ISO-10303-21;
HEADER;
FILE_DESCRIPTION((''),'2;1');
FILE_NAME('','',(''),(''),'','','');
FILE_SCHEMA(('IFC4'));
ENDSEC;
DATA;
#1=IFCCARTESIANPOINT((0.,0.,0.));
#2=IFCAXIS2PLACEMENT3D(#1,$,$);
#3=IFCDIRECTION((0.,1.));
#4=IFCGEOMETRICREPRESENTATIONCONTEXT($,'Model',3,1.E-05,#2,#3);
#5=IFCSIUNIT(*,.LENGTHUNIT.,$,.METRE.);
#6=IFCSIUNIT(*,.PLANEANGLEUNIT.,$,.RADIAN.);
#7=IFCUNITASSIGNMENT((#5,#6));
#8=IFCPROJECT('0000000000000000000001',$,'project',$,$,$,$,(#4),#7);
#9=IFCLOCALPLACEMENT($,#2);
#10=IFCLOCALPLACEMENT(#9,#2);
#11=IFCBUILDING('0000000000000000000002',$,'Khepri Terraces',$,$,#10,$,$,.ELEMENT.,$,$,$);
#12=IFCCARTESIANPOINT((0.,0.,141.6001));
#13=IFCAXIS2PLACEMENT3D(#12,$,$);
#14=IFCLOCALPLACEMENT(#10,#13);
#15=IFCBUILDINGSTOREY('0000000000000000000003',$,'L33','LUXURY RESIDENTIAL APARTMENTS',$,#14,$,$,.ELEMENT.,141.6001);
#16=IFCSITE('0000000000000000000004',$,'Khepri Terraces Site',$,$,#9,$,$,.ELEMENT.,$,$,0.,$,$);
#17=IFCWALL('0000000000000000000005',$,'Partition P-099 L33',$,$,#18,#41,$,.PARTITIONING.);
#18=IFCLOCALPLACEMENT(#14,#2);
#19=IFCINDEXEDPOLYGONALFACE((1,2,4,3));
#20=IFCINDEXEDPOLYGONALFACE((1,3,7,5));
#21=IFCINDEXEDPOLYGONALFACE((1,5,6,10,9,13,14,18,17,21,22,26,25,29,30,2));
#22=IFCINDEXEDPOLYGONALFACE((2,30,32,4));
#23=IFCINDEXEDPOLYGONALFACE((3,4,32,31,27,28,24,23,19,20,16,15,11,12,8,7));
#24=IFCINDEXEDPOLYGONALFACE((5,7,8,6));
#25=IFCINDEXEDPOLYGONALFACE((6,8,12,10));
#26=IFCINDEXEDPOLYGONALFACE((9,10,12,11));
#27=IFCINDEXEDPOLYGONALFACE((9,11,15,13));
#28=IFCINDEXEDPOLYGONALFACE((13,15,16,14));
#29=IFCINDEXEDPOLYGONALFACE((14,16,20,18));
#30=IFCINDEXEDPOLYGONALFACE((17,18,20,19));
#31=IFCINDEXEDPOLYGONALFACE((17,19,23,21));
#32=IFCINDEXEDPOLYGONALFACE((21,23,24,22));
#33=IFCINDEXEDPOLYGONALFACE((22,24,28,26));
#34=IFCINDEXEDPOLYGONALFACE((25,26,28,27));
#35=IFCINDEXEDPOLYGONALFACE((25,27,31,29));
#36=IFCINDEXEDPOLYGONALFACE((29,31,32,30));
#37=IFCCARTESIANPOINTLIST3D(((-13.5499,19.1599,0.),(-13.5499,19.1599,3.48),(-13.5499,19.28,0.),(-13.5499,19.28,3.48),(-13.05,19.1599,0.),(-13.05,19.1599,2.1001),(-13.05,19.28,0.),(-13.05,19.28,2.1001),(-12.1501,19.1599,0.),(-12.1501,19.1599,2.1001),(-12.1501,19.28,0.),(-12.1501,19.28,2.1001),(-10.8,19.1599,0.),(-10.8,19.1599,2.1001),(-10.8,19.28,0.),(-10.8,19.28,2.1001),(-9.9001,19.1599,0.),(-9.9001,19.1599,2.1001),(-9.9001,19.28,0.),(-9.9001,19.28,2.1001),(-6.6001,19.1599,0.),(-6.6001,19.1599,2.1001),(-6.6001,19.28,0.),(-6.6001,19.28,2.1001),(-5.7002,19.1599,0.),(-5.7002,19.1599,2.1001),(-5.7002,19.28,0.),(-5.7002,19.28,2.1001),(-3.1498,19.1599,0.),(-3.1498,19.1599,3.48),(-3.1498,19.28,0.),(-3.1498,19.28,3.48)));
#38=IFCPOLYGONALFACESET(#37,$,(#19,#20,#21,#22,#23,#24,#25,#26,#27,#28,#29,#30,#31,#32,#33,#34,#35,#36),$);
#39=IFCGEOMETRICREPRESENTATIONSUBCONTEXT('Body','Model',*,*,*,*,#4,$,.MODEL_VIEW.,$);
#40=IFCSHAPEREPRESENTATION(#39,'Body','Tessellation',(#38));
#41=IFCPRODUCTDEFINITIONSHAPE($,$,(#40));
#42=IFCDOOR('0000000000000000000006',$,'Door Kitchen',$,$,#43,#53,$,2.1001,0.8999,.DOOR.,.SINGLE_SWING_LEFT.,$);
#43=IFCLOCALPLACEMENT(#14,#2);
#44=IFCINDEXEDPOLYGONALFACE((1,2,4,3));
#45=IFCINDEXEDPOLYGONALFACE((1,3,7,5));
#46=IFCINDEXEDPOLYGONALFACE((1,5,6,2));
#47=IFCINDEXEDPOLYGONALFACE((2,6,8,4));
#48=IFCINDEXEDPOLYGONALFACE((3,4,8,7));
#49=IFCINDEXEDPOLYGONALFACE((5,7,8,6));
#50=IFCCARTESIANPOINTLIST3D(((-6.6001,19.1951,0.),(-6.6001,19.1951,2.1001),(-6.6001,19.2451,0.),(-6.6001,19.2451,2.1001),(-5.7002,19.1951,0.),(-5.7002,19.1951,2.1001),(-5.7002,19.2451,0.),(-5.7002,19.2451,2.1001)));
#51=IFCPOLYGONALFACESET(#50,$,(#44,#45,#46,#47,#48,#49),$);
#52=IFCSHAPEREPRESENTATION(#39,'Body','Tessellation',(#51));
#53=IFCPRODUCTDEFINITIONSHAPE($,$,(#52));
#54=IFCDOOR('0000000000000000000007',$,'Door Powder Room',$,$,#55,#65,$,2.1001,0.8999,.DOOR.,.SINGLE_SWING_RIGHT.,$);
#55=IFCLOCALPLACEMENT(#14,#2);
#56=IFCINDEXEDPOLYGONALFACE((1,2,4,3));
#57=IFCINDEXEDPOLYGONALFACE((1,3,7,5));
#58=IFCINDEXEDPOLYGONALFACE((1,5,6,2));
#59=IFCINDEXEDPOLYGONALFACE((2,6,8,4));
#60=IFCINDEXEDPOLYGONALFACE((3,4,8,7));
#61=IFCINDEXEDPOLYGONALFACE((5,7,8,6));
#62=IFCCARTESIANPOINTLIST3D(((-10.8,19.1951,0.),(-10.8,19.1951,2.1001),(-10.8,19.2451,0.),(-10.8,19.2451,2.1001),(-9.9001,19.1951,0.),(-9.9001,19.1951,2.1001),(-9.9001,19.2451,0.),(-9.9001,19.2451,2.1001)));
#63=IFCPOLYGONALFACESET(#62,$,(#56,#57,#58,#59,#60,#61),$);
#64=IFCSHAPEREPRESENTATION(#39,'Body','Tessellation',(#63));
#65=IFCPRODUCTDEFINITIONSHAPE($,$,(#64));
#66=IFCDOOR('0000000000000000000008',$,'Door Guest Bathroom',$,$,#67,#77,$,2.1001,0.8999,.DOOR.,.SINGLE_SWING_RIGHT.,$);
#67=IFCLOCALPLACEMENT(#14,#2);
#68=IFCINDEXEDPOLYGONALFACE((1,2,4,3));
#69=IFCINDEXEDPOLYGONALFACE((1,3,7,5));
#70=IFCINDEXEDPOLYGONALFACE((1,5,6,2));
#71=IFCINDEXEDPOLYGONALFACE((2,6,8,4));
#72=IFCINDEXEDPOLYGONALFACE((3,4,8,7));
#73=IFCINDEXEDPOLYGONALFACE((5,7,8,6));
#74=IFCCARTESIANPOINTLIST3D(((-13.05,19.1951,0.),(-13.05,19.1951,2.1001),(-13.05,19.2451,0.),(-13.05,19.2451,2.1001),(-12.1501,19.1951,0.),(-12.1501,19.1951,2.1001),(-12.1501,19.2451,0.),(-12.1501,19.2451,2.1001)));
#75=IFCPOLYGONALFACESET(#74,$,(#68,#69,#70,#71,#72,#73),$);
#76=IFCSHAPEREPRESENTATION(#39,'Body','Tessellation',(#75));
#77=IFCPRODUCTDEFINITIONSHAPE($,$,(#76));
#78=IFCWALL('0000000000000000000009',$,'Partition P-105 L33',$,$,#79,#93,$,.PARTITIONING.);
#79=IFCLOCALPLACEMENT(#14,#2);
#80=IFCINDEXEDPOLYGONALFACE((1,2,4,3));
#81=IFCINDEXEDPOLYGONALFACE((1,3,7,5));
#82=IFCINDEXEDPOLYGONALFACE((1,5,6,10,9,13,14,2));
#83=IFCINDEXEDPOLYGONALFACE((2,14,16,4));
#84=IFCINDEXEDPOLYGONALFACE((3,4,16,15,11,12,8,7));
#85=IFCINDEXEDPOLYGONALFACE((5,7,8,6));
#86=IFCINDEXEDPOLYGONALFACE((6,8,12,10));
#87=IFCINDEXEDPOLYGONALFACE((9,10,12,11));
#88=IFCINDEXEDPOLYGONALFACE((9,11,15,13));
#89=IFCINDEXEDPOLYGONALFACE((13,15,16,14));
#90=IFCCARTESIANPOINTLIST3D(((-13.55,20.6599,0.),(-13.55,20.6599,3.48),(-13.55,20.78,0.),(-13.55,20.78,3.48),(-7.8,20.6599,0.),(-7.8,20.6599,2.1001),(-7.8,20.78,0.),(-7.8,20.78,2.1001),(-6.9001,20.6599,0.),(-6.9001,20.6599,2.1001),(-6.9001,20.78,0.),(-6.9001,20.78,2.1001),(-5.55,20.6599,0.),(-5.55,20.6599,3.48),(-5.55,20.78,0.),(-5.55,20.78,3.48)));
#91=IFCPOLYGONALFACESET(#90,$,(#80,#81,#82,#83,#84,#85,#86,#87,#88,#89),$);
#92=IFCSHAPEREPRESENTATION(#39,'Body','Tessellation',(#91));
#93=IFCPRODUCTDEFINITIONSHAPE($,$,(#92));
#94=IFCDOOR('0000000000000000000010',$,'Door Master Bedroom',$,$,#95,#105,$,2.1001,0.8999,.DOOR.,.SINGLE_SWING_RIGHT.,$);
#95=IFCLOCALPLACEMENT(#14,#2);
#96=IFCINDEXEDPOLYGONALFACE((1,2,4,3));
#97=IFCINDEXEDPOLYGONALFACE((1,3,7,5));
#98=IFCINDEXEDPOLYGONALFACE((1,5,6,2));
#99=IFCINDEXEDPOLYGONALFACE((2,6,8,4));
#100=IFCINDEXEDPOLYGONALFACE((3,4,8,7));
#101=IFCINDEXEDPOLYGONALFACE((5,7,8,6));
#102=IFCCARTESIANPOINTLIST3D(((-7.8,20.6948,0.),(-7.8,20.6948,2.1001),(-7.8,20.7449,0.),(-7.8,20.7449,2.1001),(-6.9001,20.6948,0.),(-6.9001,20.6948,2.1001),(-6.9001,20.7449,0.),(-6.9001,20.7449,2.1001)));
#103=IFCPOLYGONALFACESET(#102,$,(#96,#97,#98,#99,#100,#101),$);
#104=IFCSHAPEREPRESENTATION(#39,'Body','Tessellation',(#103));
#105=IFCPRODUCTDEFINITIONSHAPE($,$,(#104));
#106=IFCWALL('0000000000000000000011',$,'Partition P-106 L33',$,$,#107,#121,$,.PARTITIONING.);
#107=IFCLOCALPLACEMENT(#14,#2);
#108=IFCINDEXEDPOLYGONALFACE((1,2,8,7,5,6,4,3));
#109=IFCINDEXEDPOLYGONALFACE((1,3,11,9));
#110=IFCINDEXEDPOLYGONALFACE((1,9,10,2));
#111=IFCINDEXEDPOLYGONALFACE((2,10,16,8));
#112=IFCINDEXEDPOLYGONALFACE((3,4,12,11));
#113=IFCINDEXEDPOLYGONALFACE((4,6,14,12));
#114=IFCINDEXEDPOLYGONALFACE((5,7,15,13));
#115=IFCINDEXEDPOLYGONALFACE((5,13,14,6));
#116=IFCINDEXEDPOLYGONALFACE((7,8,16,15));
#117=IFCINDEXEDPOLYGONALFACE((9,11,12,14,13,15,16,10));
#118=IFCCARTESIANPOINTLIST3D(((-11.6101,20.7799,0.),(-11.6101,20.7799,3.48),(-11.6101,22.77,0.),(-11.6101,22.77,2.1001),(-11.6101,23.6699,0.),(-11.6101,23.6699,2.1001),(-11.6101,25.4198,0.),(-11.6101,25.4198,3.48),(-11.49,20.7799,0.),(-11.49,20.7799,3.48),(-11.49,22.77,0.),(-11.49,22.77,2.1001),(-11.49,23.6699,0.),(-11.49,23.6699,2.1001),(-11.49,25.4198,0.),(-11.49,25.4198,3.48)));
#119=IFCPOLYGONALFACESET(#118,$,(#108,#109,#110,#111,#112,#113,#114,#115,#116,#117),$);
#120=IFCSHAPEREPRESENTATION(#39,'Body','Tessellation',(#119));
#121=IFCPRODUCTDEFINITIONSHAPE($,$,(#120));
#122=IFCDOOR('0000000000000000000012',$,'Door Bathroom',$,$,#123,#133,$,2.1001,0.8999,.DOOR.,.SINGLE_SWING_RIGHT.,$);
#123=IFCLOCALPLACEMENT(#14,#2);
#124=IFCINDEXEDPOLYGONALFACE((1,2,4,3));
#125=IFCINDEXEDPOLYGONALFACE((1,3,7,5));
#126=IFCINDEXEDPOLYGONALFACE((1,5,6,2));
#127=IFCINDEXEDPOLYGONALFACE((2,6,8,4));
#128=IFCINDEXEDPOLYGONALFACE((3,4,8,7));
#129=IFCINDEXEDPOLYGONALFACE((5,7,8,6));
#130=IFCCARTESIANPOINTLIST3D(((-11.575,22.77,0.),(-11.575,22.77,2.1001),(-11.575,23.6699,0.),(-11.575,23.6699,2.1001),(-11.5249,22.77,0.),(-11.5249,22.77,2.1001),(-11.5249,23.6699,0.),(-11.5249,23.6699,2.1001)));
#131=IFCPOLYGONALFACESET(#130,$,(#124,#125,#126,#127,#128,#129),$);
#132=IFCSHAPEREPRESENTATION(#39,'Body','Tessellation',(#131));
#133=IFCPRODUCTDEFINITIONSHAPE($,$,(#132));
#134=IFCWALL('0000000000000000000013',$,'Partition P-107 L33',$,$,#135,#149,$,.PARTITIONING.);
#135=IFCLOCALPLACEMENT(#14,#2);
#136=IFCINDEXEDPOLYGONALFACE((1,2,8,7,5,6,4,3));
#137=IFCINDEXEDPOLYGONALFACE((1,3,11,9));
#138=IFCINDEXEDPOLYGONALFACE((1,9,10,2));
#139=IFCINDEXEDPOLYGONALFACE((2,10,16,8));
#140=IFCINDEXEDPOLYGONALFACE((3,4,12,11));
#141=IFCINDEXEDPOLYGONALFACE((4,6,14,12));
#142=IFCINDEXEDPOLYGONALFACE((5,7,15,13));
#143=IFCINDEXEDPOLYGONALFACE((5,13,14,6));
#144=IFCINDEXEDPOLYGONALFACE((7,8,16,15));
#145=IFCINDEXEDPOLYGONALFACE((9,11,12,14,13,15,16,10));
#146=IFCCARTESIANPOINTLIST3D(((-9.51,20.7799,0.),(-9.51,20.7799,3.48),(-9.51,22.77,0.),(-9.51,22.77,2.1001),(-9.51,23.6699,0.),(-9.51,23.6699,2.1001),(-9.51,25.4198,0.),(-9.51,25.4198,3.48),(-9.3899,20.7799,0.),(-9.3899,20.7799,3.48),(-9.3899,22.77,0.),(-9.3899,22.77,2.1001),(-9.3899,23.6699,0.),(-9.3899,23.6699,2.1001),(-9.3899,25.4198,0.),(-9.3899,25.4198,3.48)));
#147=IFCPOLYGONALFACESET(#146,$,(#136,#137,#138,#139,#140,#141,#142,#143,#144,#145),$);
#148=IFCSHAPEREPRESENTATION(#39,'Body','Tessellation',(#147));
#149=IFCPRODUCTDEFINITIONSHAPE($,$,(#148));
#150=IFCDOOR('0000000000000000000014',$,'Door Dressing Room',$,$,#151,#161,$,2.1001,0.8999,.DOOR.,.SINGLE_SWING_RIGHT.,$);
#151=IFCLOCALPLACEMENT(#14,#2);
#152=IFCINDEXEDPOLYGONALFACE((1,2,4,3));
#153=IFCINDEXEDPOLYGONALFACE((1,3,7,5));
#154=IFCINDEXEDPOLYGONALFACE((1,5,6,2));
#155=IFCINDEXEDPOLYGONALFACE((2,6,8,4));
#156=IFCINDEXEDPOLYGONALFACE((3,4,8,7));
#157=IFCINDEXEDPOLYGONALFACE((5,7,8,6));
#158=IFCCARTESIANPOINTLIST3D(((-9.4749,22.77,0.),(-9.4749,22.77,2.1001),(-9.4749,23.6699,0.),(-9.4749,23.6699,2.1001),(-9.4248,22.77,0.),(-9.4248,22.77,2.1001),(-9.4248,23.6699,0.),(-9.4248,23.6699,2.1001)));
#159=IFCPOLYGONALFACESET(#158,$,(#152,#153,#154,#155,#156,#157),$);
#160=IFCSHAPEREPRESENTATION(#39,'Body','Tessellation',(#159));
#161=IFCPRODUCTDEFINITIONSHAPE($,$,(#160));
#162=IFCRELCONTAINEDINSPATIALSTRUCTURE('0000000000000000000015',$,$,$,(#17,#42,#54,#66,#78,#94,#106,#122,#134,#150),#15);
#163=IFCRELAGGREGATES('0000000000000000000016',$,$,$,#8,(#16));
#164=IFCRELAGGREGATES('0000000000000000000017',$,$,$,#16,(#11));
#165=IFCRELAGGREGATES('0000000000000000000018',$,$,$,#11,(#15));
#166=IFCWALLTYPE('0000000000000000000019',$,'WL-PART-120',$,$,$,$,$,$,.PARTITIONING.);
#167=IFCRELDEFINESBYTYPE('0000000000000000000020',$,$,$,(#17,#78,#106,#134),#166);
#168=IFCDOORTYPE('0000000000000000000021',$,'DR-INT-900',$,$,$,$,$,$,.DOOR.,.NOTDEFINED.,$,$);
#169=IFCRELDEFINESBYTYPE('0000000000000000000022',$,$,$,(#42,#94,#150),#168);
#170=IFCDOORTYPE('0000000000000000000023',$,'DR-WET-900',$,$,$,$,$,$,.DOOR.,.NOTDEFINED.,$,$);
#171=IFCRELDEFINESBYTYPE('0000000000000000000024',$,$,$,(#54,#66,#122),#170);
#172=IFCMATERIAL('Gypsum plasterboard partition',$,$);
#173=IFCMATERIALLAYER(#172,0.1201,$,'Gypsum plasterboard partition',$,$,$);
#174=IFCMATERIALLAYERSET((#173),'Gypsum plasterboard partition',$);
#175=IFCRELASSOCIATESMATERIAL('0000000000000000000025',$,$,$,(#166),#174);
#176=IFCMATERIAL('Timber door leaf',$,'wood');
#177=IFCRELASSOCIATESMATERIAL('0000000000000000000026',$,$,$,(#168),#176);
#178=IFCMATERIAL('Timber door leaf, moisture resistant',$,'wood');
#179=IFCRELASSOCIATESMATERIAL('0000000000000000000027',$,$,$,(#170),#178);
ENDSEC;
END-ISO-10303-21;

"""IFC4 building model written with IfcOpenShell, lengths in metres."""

from ifc_helpers import new_model, si_unit, direction, frame, frame_2d, origin, place, context, subcontext, project, spatial, rectangle, extrude, material, layer, layer_set, type_object, element, fill, save


model = new_model("IFC4")

# Units and contexts
model_context = context("Model", 3, precision=1e-05, world=origin(), true_north=direction((0.0, 1.0)))
body_context = subcontext(model_context, "Body", "Model", "MODEL_VIEW")
ifc_project = project(units=[si_unit("LENGTHUNIT", "METRE"), si_unit("PLANEANGLEUNIT", "RADIAN")], contexts=[model_context])

# Site, building, storey
site_placement = place(None, origin())
site = spatial("IfcSite", under=ifc_project, at=site_placement, Name="Khepri Terraces Site", CompositionType="ELEMENT", RefElevation=0.0)
building_placement = place(site_placement, origin())
building = spatial("IfcBuilding", under=site, at=building_placement, Name="Khepri Terraces", CompositionType="ELEMENT")
storey_placement = place(building_placement, frame((0.0, 0.0, 141.6001)))
storey = spatial("IfcBuildingStorey", under=building, at=storey_placement, Name="L33", Description="LUXURY RESIDENTIAL APARTMENTS", CompositionType="ELEMENT", Elevation=141.6001)

# Shared definitions
ifc_material_1 = material(Name="Gypsum plasterboard partition")
ifc_layer_1 = layer(ifc_material_1, 0.1201, Name="Gypsum plasterboard partition")
ifc_layer_set_1 = layer_set([ifc_layer_1], Name="Gypsum plasterboard partition")
wall_type_1 = type_object("IfcWallType", Name="WL-PART-120", PredefinedType="PARTITIONING", material=ifc_layer_set_1)

# Wall, openings, doors
wall_1_placement = place(storey_placement, frame((-13.55, 19.22, 0.0), z_axis=(0.0, 0.0, 1.0), x_axis=(1.0, 0.0, 0.0)))
wall_1 = element("IfcWall", 1, at=wall_1_placement, inside=storey, type_object=wall_type_1, Name="Partition P-099 L33", PredefinedType="PARTITIONING", context=body_context, shape_type="SweptSolid", body=[
    extrude(rectangle(XDim=10.4001, YDim=0.1201, at=frame_2d((5.2002, 0.0))), origin(), (0.0, 0.0, 1.0), 3.48),
])
opening_1_placement = place(wall_1_placement, frame((6.95, 0.0, 0.0)))
opening_1 = element("IfcOpeningElement", 2, at=opening_1_placement, cuts=wall_1, PredefinedType="OPENING", context=body_context, shape_type="SweptSolid", body=[
    extrude(rectangle(XDim=0.8999, YDim=2.1001, at=frame_2d((0.45, 1.05))), frame((0.0, 0.0701, 0.0), z_axis=(0.0, -1.0, 0.0), x_axis=(1.0, 0.0, 0.0)), (0.0, 0.0, 1.0), 0.1401),
])
opening_2_placement = place(wall_1_placement, frame((2.75, 0.0, 0.0)))
opening_2 = element("IfcOpeningElement", 3, at=opening_2_placement, cuts=wall_1, PredefinedType="OPENING", context=body_context, shape_type="SweptSolid", body=[
    extrude(rectangle(XDim=0.8999, YDim=2.1001, at=frame_2d((0.45, 1.05))), frame((0.0, 0.0701, 0.0), z_axis=(0.0, -1.0, 0.0), x_axis=(1.0, 0.0, 0.0)), (0.0, 0.0, 1.0), 0.1401),
])
opening_3_placement = place(wall_1_placement, frame((0.5, 0.0, 0.0)))
opening_3 = element("IfcOpeningElement", 4, at=opening_3_placement, cuts=wall_1, PredefinedType="OPENING", context=body_context, shape_type="SweptSolid", body=[
    extrude(rectangle(XDim=0.8999, YDim=2.1001, at=frame_2d((0.45, 1.05))), frame((0.0, 0.0701, 0.0), z_axis=(0.0, -1.0, 0.0), x_axis=(1.0, 0.0, 0.0)), (0.0, 0.0, 1.0), 0.1401),
])
ifc_material_2 = material(Name="Timber door leaf", Category="wood")
door_type_1 = type_object("IfcDoorType", Name="DR-INT-900", OperationType="NOTDEFINED", PredefinedType="DOOR", material=ifc_material_2)
door_1_placement = place(opening_1_placement, frame((0.8999, 0.0, 0.0), z_axis=(0.0, 0.0, 1.0), x_axis=(-1.0, 0.0, 0.0)))
door_1 = element("IfcDoor", 5, at=door_1_placement, inside=storey, type_object=door_type_1, Name="Door Kitchen", OperationType="SINGLE_SWING_LEFT", OverallHeight=2.1001, OverallWidth=0.8999, PredefinedType="DOOR", context=body_context, shape_type="SweptSolid", body=[
    extrude(rectangle(XDim=0.8999, YDim=2.1001, at=frame_2d((0.45, 1.05))), frame((0.0, 0.0249, 0.0), z_axis=(0.0, -1.0, 0.0), x_axis=(1.0, 0.0, 0.0)), (0.0, 0.0, 1.0), 0.05),
])
fill(opening_1, door_1)
ifc_material_3 = material(Name="Timber door leaf, moisture resistant", Category="wood")
door_type_2 = type_object("IfcDoorType", Name="DR-WET-900", OperationType="NOTDEFINED", PredefinedType="DOOR", material=ifc_material_3)
door_2_placement = place(opening_2_placement, frame((0.8999, 0.0, 0.0), z_axis=(0.0, 0.0, 1.0), x_axis=(-1.0, 0.0, 0.0)))
door_2 = element("IfcDoor", 6, at=door_2_placement, inside=storey, type_object=door_type_2, Name="Door Powder Room", OperationType="SINGLE_SWING_RIGHT", OverallHeight=2.1001, OverallWidth=0.8999, PredefinedType="DOOR", context=body_context, shape_type="SweptSolid", body=[
    extrude(rectangle(XDim=0.8999, YDim=2.1001, at=frame_2d((0.45, 1.05))), frame((0.0, 0.0249, 0.0), z_axis=(0.0, -1.0, 0.0), x_axis=(1.0, 0.0, 0.0)), (0.0, 0.0, 1.0), 0.05),
])
fill(opening_2, door_2)
door_3_placement = place(opening_3_placement, frame((0.8999, 0.0, 0.0), z_axis=(0.0, 0.0, 1.0), x_axis=(-1.0, 0.0, 0.0)))
door_3 = element("IfcDoor", 7, at=door_3_placement, inside=storey, type_object=door_type_2, Name="Door Guest Bathroom", OperationType="SINGLE_SWING_RIGHT", OverallHeight=2.1001, OverallWidth=0.8999, PredefinedType="DOOR", context=body_context, shape_type="SweptSolid", body=[
    extrude(rectangle(XDim=0.8999, YDim=2.1001, at=frame_2d((0.45, 1.05))), frame((0.0, 0.0249, 0.0), z_axis=(0.0, -1.0, 0.0), x_axis=(1.0, 0.0, 0.0)), (0.0, 0.0, 1.0), 0.05),
])
fill(opening_3, door_3)

# Walls, openings, doors
wall_2_placement = place(storey_placement, frame((-13.55, 20.72, 0.0), z_axis=(0.0, 0.0, 1.0), x_axis=(1.0, 0.0, 0.0)))
wall_2 = element("IfcWall", 8, at=wall_2_placement, inside=storey, type_object=wall_type_1, Name="Partition P-105 L33", PredefinedType="PARTITIONING", context=body_context, shape_type="SweptSolid", body=[
    extrude(rectangle(XDim=8.0, YDim=0.1201, at=frame_2d((4.0, 0.0))), origin(), (0.0, 0.0, 1.0), 3.48),
])
opening_4_placement = place(wall_2_placement, frame((5.75, 0.0, 0.0)))
opening_4 = element("IfcOpeningElement", 9, at=opening_4_placement, cuts=wall_2, PredefinedType="OPENING", context=body_context, shape_type="SweptSolid", body=[
    extrude(rectangle(XDim=0.8999, YDim=2.1001, at=frame_2d((0.45, 1.05))), frame((0.0, 0.0701, 0.0), z_axis=(0.0, -1.0, 0.0), x_axis=(1.0, 0.0, 0.0)), (0.0, 0.0, 1.0), 0.1401),
])
door_4_placement = place(opening_4_placement, origin())
door_4 = element("IfcDoor", 10, at=door_4_placement, inside=storey, type_object=door_type_1, Name="Door Master Bedroom", OperationType="SINGLE_SWING_RIGHT", OverallHeight=2.1001, OverallWidth=0.8999, PredefinedType="DOOR", context=body_context, shape_type="SweptSolid", body=[
    extrude(rectangle(XDim=0.8999, YDim=2.1001, at=frame_2d((0.45, 1.05))), frame((0.0, 0.0249, 0.0), z_axis=(0.0, -1.0, 0.0), x_axis=(1.0, 0.0, 0.0)), (0.0, 0.0, 1.0), 0.05),
])
fill(opening_4, door_4)
wall_3_placement = place(storey_placement, frame((-11.55, 20.78, 0.0), z_axis=(0.0, 0.0, 1.0), x_axis=(0.0, 1.0, 0.0)))
wall_3 = element("IfcWall", 11, at=wall_3_placement, inside=storey, type_object=wall_type_1, Name="Partition P-106 L33", PredefinedType="PARTITIONING", context=body_context, shape_type="SweptSolid", body=[
    extrude(rectangle(XDim=4.6399, YDim=0.1201, at=frame_2d((2.3198, 0.0))), origin(), (0.0, 0.0, 1.0), 3.48),
])
opening_5_placement = place(wall_3_placement, frame((1.99, 0.0, 0.0)))
opening_5 = element("IfcOpeningElement", 12, at=opening_5_placement, cuts=wall_3, PredefinedType="OPENING", context=body_context, shape_type="SweptSolid", body=[
    extrude(rectangle(XDim=0.8999, YDim=2.1001, at=frame_2d((0.45, 1.05))), frame((0.0, 0.0701, 0.0), z_axis=(0.0, -1.0, 0.0), x_axis=(1.0, 0.0, 0.0)), (0.0, 0.0, 1.0), 0.1401),
])
door_5_placement = place(opening_5_placement, origin())
door_5 = element("IfcDoor", 13, at=door_5_placement, inside=storey, type_object=door_type_2, Name="Door Bathroom", OperationType="SINGLE_SWING_RIGHT", OverallHeight=2.1001, OverallWidth=0.8999, PredefinedType="DOOR", context=body_context, shape_type="SweptSolid", body=[
    extrude(rectangle(XDim=0.8999, YDim=2.1001, at=frame_2d((0.45, 1.05))), frame((0.0, 0.0249, 0.0), z_axis=(0.0, -1.0, 0.0), x_axis=(1.0, 0.0, 0.0)), (0.0, 0.0, 1.0), 0.05),
])
fill(opening_5, door_5)
wall_4_placement = place(storey_placement, frame((-9.45, 20.78, 0.0), z_axis=(0.0, 0.0, 1.0), x_axis=(0.0, 1.0, 0.0)))
wall_4 = element("IfcWall", 14, at=wall_4_placement, inside=storey, type_object=wall_type_1, Name="Partition P-107 L33", PredefinedType="PARTITIONING", context=body_context, shape_type="SweptSolid", body=[
    extrude(rectangle(XDim=4.6399, YDim=0.1201, at=frame_2d((2.3198, 0.0))), origin(), (0.0, 0.0, 1.0), 3.48),
])
opening_6_placement = place(wall_4_placement, frame((1.99, 0.0, 0.0)))
opening_6 = element("IfcOpeningElement", 15, at=opening_6_placement, cuts=wall_4, PredefinedType="OPENING", context=body_context, shape_type="SweptSolid", body=[
    extrude(rectangle(XDim=0.8999, YDim=2.1001, at=frame_2d((0.45, 1.05))), frame((0.0, 0.0701, 0.0), z_axis=(0.0, -1.0, 0.0), x_axis=(1.0, 0.0, 0.0)), (0.0, 0.0, 1.0), 0.1401),
])
door_6_placement = place(opening_6_placement, origin())
door_6 = element("IfcDoor", 16, at=door_6_placement, inside=storey, type_object=door_type_1, Name="Door Dressing Room", OperationType="SINGLE_SWING_RIGHT", OverallHeight=2.1001, OverallWidth=0.8999, PredefinedType="DOOR", context=body_context, shape_type="SweptSolid", body=[
    extrude(rectangle(XDim=0.8999, YDim=2.1001, at=frame_2d((0.45, 1.05))), frame((0.0, 0.0249, 0.0), z_axis=(0.0, -1.0, 0.0), x_axis=(1.0, 0.0, 0.0)), (0.0, 0.0, 1.0), 0.05),
])
fill(opening_6, door_6)

save(model, "model.ifc")
